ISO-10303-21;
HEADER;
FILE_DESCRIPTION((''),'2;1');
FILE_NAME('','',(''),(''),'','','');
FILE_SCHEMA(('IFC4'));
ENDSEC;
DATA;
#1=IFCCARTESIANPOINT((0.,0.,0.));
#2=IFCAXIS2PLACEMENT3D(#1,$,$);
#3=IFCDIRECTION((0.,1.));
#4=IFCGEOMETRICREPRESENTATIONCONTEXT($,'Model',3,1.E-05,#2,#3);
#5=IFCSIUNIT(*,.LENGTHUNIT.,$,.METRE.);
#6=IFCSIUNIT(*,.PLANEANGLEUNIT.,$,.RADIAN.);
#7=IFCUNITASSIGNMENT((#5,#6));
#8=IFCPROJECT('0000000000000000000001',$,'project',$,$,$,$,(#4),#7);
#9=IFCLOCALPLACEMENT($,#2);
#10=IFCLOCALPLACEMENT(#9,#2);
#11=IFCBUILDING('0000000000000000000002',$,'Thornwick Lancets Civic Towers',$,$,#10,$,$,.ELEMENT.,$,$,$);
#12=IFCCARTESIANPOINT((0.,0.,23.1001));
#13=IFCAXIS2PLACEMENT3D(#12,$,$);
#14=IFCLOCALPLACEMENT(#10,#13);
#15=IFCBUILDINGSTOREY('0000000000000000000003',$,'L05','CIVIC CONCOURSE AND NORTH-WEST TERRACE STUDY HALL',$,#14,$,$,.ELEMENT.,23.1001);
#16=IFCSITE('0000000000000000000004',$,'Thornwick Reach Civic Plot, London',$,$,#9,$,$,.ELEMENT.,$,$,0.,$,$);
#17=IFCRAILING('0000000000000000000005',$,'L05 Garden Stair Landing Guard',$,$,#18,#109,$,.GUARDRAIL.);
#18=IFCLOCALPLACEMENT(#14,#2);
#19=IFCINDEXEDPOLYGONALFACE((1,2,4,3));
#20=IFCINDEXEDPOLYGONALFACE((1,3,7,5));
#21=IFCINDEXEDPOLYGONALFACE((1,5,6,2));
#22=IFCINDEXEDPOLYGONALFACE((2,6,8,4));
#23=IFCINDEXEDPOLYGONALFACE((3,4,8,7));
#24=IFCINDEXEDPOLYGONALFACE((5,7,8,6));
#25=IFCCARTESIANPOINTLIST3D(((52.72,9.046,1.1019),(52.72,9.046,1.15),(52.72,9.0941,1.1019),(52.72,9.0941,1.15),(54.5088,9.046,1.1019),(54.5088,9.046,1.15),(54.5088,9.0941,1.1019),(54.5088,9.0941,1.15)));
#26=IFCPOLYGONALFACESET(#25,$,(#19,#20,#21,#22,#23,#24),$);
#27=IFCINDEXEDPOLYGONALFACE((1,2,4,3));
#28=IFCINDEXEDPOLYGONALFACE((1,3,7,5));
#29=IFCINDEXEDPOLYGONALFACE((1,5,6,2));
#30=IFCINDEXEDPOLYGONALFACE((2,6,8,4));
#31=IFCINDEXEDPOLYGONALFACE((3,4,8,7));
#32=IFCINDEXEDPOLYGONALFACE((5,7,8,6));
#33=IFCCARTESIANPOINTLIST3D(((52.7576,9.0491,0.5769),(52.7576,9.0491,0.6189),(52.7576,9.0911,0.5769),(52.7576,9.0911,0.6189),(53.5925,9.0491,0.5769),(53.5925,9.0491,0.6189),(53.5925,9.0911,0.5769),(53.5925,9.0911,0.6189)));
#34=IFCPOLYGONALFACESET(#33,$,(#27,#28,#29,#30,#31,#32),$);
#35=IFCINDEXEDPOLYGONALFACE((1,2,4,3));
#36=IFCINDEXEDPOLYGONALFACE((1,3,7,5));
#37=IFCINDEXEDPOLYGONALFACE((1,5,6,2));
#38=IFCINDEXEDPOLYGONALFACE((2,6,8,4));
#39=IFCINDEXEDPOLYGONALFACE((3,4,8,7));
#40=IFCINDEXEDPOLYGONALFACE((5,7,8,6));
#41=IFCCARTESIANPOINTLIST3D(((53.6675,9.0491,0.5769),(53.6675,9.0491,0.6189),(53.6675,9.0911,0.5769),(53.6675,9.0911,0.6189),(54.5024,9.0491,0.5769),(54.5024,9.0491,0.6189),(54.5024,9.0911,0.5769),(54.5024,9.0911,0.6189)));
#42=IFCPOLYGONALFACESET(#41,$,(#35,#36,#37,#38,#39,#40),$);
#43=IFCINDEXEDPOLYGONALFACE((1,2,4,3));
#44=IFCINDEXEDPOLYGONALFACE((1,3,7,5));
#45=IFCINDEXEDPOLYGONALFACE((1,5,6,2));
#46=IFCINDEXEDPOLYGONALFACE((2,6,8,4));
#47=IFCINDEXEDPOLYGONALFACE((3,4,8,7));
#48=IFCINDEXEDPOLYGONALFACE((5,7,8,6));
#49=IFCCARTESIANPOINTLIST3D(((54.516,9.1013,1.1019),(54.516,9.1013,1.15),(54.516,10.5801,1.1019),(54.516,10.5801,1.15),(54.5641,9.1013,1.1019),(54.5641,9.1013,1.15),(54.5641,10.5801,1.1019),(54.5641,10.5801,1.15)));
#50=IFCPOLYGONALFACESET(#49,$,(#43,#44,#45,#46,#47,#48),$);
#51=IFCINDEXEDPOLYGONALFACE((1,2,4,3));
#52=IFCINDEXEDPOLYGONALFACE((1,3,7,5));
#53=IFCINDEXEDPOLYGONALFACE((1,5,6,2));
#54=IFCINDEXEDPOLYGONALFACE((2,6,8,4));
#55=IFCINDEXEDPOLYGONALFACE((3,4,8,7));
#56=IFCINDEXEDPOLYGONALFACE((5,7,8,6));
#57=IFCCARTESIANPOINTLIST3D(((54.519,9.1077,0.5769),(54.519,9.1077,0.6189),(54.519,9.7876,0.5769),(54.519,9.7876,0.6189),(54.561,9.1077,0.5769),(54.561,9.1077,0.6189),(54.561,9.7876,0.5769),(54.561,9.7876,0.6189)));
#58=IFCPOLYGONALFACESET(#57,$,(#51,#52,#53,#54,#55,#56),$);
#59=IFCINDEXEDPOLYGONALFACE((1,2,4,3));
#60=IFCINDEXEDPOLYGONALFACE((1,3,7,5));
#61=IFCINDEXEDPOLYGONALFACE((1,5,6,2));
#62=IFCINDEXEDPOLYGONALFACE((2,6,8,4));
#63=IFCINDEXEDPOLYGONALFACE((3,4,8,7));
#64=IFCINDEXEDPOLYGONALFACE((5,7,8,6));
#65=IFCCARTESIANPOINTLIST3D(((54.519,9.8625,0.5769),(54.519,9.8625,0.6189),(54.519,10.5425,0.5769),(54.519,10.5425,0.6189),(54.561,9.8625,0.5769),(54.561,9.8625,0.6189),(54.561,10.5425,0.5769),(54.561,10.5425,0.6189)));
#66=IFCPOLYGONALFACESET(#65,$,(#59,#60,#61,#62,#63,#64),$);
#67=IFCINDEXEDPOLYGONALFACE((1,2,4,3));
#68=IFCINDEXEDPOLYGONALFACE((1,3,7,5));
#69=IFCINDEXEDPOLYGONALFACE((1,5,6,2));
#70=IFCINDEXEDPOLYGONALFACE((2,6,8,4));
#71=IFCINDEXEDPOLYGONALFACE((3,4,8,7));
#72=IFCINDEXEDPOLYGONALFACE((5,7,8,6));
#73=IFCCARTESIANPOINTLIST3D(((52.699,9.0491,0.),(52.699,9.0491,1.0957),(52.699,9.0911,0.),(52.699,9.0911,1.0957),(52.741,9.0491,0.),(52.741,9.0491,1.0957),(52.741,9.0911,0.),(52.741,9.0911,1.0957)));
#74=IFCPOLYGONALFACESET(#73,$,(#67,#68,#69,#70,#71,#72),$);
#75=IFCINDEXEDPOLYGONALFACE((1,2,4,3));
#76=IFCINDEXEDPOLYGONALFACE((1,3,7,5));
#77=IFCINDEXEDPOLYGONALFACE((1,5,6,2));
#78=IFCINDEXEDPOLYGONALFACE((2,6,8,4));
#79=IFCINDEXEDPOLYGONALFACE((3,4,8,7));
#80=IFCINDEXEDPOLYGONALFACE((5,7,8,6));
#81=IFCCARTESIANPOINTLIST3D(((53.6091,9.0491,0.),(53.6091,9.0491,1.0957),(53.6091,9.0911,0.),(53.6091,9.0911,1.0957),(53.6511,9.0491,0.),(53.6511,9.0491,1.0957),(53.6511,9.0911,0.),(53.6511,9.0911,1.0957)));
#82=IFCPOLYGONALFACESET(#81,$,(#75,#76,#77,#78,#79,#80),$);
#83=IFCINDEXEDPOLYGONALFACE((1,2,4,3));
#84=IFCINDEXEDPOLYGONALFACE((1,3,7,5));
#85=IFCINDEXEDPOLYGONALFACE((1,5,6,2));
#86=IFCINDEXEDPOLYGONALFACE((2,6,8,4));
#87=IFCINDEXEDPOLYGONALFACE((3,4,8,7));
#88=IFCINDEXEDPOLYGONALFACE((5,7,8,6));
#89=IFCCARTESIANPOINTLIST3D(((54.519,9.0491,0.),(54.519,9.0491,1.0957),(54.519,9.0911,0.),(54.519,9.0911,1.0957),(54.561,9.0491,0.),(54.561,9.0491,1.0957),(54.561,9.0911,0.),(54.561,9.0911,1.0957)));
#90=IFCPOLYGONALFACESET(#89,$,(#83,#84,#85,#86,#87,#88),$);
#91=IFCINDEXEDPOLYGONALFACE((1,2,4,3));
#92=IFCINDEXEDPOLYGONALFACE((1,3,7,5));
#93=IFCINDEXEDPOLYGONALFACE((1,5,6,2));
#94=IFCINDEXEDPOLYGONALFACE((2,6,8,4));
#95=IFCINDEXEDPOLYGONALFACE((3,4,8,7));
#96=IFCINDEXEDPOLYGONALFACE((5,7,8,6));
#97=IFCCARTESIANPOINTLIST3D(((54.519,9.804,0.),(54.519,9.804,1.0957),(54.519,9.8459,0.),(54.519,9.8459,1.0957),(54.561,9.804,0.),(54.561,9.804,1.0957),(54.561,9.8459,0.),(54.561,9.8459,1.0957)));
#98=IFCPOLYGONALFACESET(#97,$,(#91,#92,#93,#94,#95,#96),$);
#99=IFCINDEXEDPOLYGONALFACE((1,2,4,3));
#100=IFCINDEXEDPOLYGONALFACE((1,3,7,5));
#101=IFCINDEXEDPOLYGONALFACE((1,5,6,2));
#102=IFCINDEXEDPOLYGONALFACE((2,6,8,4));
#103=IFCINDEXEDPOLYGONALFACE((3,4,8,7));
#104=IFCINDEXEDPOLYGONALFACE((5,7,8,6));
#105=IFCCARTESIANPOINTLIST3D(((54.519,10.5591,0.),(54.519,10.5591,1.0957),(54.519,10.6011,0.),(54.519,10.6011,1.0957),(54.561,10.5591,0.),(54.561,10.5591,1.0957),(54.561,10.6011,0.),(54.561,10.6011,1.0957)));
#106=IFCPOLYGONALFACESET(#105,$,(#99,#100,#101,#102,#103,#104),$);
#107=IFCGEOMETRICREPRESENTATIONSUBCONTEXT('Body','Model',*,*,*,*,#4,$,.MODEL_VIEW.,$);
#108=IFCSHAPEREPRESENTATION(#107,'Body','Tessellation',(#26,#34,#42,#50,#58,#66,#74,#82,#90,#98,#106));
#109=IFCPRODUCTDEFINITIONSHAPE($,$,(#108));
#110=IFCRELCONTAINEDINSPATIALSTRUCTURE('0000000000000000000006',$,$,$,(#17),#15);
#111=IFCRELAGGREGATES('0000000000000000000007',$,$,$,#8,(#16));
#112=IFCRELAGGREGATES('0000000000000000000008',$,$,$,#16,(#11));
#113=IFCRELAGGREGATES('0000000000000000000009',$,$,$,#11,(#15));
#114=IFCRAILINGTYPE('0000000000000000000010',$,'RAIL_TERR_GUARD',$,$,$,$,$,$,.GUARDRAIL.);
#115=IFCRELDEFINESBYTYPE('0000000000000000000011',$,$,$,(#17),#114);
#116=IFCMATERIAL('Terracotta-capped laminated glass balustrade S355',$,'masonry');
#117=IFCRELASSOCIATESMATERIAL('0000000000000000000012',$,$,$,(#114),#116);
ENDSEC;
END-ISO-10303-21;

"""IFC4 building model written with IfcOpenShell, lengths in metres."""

from ifc_helpers import new_model, si_unit, direction, frame, origin, origin_2d, place, context, subcontext, project, spatial, rectangle, extrude, material, type_object, element, save


model = new_model("IFC4")

# Units and contexts
model_context = context("Model", 3, precision=1e-05, world=origin(), true_north=direction((0.0, 1.0)))
body_context = subcontext(model_context, "Body", "Model", "MODEL_VIEW")
ifc_project = project(units=[si_unit("LENGTHUNIT", "METRE"), si_unit("PLANEANGLEUNIT", "RADIAN")], contexts=[model_context])

# Site, building, storey
site_placement = place(None, origin())
site = spatial("IfcSite", under=ifc_project, at=site_placement, Name="Thornwick Reach Civic Plot, London", CompositionType="ELEMENT", RefElevation=0.0)
building_placement = place(site_placement, origin())
building = spatial("IfcBuilding", under=site, at=building_placement, Name="Thornwick Lancets Civic Towers", CompositionType="ELEMENT")
storey_placement = place(building_placement, frame((0.0, 0.0, 23.1001)))
storey = spatial("IfcBuildingStorey", under=building, at=storey_placement, Name="L05", Description="CIVIC CONCOURSE AND NORTH-WEST TERRACE STUDY HALL", CompositionType="ELEMENT", Elevation=23.1001)

# Railing
ifc_material_1 = material(Name="Terracotta-capped laminated glass balustrade S355", Category="masonry")
railing_type = type_object("IfcRailingType", Name="RAIL_TERR_GUARD", PredefinedType="GUARDRAIL", material=ifc_material_1)
railing_placement = place(storey_placement, frame((52.72, 9.0701, 0.0)))
element("IfcRailing", 1, at=railing_placement, inside=storey, type_object=railing_type, Name="L05 Garden Stair Landing Guard", PredefinedType="GUARDRAIL", context=body_context, shape_type="SweptSolid", body=[
    extrude(rectangle(XDim=0.0481, YDim=0.0481, at=origin_2d()), frame((0.0, 0.0, 1.126), z_axis=(1.0, 0.0, 0.0), x_axis=(0.0, 1.0, 0.0)), (0.0, 0.0, 1.0), 1.7888),
    extrude(rectangle(XDim=0.042, YDim=0.042, at=origin_2d()), frame((0.0376, 0.0, 0.5979), z_axis=(1.0, 0.0, 0.0), x_axis=(0.0, 1.0, 0.0)), (0.0, 0.0, 1.0), 0.835),
    extrude(rectangle(XDim=0.042, YDim=0.042, at=origin_2d()), frame((0.9475, 0.0, 0.5979), z_axis=(1.0, 0.0, 0.0), x_axis=(0.0, 1.0, 0.0)), (0.0, 0.0, 1.0), 0.835),
    extrude(rectangle(XDim=0.0481, YDim=0.0481, at=origin_2d()), frame((1.8201, 0.0312, 1.126), z_axis=(0.0, 1.0, 0.0), x_axis=(-1.0, 0.0, 0.0)), (0.0, 0.0, 1.0), 1.4788),
    extrude(rectangle(XDim=0.042, YDim=0.042, at=origin_2d()), frame((1.8201, 0.0376, 0.5979), z_axis=(0.0, 1.0, 0.0), x_axis=(-1.0, 0.0, 0.0)), (0.0, 0.0, 1.0), 0.6799),
    extrude(rectangle(XDim=0.042, YDim=0.042, at=origin_2d()), frame((1.8201, 0.7925, 0.5979), z_axis=(0.0, 1.0, 0.0), x_axis=(-1.0, 0.0, 0.0)), (0.0, 0.0, 1.0), 0.6799),
    extrude(rectangle(XDim=0.042, YDim=0.042, at=origin_2d()), origin(), (0.0, 0.0, 1.0), 1.0957),
    extrude(rectangle(XDim=0.042, YDim=0.042, at=origin_2d()), frame((0.9102, 0.0, 0.0)), (0.0, 0.0, 1.0), 1.0957),
    extrude(rectangle(XDim=0.042, YDim=0.042, at=origin_2d()), frame((1.8201, 0.0, 0.0)), (0.0, 0.0, 1.0), 1.0957),
    extrude(rectangle(XDim=0.042, YDim=0.042, at=origin_2d()), frame((1.8201, 0.7549, 0.0)), (0.0, 0.0, 1.0), 1.0957),
    extrude(rectangle(XDim=0.042, YDim=0.042, at=origin_2d()), frame((1.8201, 1.51, 0.0)), (0.0, 0.0, 1.0), 1.0957),
])

save(model, "model.ifc")
